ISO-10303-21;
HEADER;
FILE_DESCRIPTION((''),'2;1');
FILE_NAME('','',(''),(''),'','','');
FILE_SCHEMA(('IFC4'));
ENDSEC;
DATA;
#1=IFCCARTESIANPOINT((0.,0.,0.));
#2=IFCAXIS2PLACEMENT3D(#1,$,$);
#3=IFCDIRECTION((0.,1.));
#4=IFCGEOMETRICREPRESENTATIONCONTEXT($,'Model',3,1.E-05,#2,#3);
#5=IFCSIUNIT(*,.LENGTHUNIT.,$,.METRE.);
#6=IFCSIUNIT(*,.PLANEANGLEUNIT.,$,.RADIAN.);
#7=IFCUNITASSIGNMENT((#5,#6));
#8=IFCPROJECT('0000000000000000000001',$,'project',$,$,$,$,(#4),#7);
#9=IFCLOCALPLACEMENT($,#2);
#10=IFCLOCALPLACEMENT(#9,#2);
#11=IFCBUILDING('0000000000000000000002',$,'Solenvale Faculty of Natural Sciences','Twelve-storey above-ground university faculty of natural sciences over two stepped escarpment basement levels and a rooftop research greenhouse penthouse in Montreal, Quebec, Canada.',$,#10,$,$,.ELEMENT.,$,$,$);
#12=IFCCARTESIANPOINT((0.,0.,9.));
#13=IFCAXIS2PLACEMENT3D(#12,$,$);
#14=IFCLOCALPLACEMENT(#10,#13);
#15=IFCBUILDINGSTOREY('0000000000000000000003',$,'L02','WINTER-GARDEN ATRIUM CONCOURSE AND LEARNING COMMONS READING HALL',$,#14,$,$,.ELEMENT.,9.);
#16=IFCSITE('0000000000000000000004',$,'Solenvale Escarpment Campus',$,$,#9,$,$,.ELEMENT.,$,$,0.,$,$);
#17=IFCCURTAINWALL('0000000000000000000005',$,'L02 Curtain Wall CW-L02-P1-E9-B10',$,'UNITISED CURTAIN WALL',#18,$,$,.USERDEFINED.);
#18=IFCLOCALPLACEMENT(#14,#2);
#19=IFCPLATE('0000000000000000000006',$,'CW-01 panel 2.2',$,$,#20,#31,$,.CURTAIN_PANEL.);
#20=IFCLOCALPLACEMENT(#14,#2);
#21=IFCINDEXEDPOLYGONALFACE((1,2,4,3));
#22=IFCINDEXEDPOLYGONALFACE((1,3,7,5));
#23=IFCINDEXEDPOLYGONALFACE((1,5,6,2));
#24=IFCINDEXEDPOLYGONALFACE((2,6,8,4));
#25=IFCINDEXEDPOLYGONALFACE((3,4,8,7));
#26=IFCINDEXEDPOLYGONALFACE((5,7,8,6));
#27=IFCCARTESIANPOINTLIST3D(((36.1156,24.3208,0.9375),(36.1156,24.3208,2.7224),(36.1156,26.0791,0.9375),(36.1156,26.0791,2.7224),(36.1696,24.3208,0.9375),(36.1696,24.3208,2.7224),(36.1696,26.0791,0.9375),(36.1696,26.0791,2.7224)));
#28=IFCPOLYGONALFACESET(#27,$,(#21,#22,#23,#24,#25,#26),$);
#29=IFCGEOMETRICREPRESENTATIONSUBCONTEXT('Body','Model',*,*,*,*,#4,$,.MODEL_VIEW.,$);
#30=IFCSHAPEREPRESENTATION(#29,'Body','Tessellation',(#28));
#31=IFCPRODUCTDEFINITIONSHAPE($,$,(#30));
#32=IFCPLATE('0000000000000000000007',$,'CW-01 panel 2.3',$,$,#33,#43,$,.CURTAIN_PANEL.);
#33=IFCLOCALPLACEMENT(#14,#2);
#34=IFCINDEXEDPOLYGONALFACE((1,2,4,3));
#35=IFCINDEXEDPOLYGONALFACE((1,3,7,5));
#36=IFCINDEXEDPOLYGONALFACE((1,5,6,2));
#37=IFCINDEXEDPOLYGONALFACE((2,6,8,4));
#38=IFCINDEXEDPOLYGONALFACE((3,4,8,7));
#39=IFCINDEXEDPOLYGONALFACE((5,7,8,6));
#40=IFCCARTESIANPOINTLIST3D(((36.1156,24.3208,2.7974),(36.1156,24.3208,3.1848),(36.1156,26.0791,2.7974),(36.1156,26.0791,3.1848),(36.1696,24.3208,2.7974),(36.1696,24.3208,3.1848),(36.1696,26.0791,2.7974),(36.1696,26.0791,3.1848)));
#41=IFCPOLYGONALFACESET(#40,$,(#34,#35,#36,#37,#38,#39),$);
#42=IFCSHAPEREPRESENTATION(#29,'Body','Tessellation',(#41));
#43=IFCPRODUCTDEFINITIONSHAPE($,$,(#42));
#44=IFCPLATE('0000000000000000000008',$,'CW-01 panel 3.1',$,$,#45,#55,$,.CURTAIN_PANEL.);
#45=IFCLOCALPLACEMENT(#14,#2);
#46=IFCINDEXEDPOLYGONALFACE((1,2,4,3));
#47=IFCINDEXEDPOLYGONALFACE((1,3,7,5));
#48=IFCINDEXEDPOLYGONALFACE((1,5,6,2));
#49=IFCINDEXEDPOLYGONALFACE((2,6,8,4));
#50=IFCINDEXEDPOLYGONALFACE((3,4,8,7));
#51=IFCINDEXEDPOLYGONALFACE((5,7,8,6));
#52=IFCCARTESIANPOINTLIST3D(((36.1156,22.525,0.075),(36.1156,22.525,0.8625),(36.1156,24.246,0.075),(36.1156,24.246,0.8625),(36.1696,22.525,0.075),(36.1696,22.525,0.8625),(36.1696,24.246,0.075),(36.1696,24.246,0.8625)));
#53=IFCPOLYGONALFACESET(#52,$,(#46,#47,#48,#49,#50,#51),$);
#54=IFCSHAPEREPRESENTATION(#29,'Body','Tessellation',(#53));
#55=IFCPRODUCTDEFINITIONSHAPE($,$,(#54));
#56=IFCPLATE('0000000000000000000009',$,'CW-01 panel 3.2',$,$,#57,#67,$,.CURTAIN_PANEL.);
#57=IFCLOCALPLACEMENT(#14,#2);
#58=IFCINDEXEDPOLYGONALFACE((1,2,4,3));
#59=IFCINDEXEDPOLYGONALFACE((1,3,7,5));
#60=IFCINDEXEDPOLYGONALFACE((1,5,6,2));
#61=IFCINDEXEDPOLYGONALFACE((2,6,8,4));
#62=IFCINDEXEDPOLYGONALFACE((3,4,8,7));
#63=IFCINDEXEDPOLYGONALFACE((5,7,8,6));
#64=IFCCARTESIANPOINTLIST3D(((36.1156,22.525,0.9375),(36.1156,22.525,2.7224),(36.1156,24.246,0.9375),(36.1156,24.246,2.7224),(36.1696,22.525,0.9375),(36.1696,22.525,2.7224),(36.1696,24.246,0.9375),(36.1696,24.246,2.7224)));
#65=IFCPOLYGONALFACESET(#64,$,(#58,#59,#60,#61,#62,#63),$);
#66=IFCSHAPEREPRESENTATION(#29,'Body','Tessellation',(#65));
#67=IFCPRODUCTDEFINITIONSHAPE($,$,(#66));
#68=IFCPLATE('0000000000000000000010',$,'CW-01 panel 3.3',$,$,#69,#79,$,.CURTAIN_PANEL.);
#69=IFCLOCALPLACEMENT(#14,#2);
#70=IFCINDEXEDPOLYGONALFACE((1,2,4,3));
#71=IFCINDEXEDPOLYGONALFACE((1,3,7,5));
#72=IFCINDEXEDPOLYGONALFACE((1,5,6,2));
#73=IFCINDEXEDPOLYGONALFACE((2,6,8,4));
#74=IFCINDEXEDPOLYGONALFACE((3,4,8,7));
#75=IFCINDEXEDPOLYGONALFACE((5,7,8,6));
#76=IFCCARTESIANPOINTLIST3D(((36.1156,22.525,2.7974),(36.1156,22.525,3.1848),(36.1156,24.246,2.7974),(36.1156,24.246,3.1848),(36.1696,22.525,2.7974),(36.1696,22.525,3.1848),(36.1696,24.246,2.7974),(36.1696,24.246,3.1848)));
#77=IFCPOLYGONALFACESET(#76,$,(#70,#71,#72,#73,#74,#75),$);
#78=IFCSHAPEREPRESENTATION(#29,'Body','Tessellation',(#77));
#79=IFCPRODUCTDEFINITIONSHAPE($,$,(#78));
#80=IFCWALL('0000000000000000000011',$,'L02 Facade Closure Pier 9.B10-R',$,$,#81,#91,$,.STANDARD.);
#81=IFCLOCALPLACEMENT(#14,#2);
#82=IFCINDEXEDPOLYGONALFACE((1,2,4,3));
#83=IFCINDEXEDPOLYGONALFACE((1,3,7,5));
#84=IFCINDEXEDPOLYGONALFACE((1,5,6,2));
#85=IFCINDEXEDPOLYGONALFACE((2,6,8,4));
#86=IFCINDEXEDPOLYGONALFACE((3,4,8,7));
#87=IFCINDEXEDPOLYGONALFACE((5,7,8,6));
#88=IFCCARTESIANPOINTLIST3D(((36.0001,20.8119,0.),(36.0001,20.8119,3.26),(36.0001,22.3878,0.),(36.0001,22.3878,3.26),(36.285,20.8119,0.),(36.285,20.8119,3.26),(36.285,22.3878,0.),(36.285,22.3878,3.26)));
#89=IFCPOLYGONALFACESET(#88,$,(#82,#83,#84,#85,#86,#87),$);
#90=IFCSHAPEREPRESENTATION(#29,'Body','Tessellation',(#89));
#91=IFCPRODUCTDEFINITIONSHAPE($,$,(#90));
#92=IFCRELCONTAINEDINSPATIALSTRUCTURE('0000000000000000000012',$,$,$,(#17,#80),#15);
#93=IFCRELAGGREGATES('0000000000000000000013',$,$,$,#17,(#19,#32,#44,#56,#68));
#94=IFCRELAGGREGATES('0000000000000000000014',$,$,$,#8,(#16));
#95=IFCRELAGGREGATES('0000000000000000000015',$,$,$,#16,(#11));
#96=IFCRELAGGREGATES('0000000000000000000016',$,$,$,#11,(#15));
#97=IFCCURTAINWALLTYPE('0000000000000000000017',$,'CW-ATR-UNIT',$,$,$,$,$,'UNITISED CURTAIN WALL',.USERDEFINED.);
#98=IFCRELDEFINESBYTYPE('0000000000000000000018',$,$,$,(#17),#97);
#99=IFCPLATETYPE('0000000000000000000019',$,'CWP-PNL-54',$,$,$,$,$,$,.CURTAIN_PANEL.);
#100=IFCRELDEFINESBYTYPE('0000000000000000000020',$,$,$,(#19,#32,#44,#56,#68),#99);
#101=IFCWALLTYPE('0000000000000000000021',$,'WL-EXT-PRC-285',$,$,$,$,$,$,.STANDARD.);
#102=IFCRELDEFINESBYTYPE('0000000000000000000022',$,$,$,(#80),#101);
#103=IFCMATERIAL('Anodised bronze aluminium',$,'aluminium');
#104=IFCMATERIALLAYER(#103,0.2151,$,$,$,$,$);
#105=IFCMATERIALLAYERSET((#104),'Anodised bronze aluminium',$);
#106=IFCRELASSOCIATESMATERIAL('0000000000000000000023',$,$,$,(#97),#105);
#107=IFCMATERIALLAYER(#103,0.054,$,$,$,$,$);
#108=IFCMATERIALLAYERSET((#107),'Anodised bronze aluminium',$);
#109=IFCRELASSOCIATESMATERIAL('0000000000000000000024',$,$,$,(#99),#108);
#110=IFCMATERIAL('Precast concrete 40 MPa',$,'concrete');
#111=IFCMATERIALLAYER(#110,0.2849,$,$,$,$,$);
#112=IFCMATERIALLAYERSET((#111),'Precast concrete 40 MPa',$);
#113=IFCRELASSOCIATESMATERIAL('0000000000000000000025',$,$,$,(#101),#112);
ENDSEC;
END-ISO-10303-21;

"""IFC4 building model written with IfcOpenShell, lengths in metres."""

from ifc_helpers import new_model, si_unit, direction, frame, frame_2d, origin, origin_2d, place, context, subcontext, project, spatial, rectangle, extrude, material, layer, layer_set, type_object, element, aggregate, save


model = new_model("IFC4")

# Units and contexts
model_context = context("Model", 3, precision=1e-05, world=origin(), true_north=direction((0.0, 1.0)))
body_context = subcontext(model_context, "Body", "Model", "MODEL_VIEW")
ifc_project = project(units=[si_unit("LENGTHUNIT", "METRE"), si_unit("PLANEANGLEUNIT", "RADIAN")], contexts=[model_context])

# Site, building, storey
site_placement = place(None, origin())
site = spatial("IfcSite", under=ifc_project, at=site_placement, Name="Solenvale Escarpment Campus", CompositionType="ELEMENT", RefElevation=0.0)
building_placement = place(site_placement, origin())
building = spatial("IfcBuilding", under=site, at=building_placement, Name="Solenvale Faculty of Natural Sciences", Description="Twelve-storey above-ground university faculty of natural sciences over two stepped escarpment basement levels and a rooftop research greenhouse penthouse in Montreal, Quebec, Canada.", CompositionType="ELEMENT")
storey_placement = place(building_placement, frame((0.0, 0.0, 9.0)))
storey = spatial("IfcBuildingStorey", under=building, at=storey_placement, Name="L02", Description="WINTER-GARDEN ATRIUM CONCOURSE AND LEARNING COMMONS READING HALL", CompositionType="ELEMENT", Elevation=9.0)

# Curtain wall, plates
ifc_material_1 = material(Name="Anodised bronze aluminium", Category="aluminium")
ifc_layer_1 = layer(ifc_material_1, 0.2151)
ifc_layer_set_1 = layer_set([ifc_layer_1], Name="Anodised bronze aluminium")
curtain_wall_type = type_object("IfcCurtainWallType", Name="CW-ATR-UNIT", ElementType="UNITISED CURTAIN WALL", PredefinedType="USERDEFINED", material=ifc_layer_set_1)
curtain_wall_placement = place(storey_placement, origin())
curtain_wall = element("IfcCurtainWall", 1, at=curtain_wall_placement, inside=storey, type_object=curtain_wall_type, Name="L02 Curtain Wall CW-L02-P1-E9-B10", ObjectType="UNITISED CURTAIN WALL", PredefinedType="USERDEFINED")
ifc_layer_2 = layer(ifc_material_1, 0.054)
ifc_layer_set_2 = layer_set([ifc_layer_2], Name="Anodised bronze aluminium")
plate_type = type_object("IfcPlateType", Name="CWP-PNL-54", PredefinedType="CURTAIN_PANEL", material=ifc_layer_set_2)
plate_1_placement = place(storey_placement, frame((36.1426, 25.2, 0.9375), z_axis=(0.0, 0.0, 1.0), x_axis=(0.0, -1.0, 0.0)))
plate_1 = element("IfcPlate", 2, at=plate_1_placement, type_object=plate_type, Name="CW-01 panel 2.2", PredefinedType="CURTAIN_PANEL", context=body_context, shape_type="SweptSolid", body=[
    extrude(rectangle(XDim=1.7583, YDim=0.054, at=origin_2d()), origin(), (0.0, 0.0, 1.0), 1.7849),
])
plate_2_placement = place(storey_placement, frame((36.1426, 25.2, 2.7974), z_axis=(0.0, 0.0, 1.0), x_axis=(0.0, -1.0, 0.0)))
plate_2 = element("IfcPlate", 3, at=plate_2_placement, type_object=plate_type, Name="CW-01 panel 2.3", PredefinedType="CURTAIN_PANEL", context=body_context, shape_type="SweptSolid", body=[
    extrude(rectangle(XDim=1.7583, YDim=0.054, at=origin_2d()), origin(), (0.0, 0.0, 1.0), 0.3875),
])
plate_3_placement = place(storey_placement, frame((36.1426, 23.3855, 0.075), z_axis=(0.0, 0.0, 1.0), x_axis=(0.0, -1.0, 0.0)))
plate_3 = element("IfcPlate", 4, at=plate_3_placement, type_object=plate_type, Name="CW-01 panel 3.1", PredefinedType="CURTAIN_PANEL", context=body_context, shape_type="SweptSolid", body=[
    extrude(rectangle(XDim=1.7209, YDim=0.054, at=origin_2d()), origin(), (0.0, 0.0, 1.0), 0.7876),
])
plate_4_placement = place(storey_placement, frame((36.1426, 23.3855, 0.9375), z_axis=(0.0, 0.0, 1.0), x_axis=(0.0, -1.0, 0.0)))
plate_4 = element("IfcPlate", 5, at=plate_4_placement, type_object=plate_type, Name="CW-01 panel 3.2", PredefinedType="CURTAIN_PANEL", context=body_context, shape_type="SweptSolid", body=[
    extrude(rectangle(XDim=1.7209, YDim=0.054, at=origin_2d()), origin(), (0.0, 0.0, 1.0), 1.7849),
])
plate_5_placement = place(storey_placement, frame((36.1426, 23.3855, 2.7974), z_axis=(0.0, 0.0, 1.0), x_axis=(0.0, -1.0, 0.0)))
plate_5 = element("IfcPlate", 6, at=plate_5_placement, type_object=plate_type, Name="CW-01 panel 3.3", PredefinedType="CURTAIN_PANEL", context=body_context, shape_type="SweptSolid", body=[
    extrude(rectangle(XDim=1.7209, YDim=0.054, at=origin_2d()), origin(), (0.0, 0.0, 1.0), 0.3875),
])
aggregate(curtain_wall, [plate_1, plate_2, plate_3, plate_4, plate_5])

# Wall
ifc_material_2 = material(Name="Precast concrete 40 MPa", Category="concrete")
ifc_layer_3 = layer(ifc_material_2, 0.2849)
ifc_layer_set_3 = layer_set([ifc_layer_3], Name="Precast concrete 40 MPa")
wall_type = type_object("IfcWallType", Name="WL-EXT-PRC-285", PredefinedType="STANDARD", material=ifc_layer_set_3)
wall_placement = place(storey_placement, frame((36.1426, 22.3879, 0.0), z_axis=(0.0, 0.0, 1.0), x_axis=(0.0, -1.0, 0.0)))
element("IfcWall", 7, at=wall_placement, inside=storey, type_object=wall_type, Name="L02 Facade Closure Pier 9.B10-R", PredefinedType="STANDARD", context=body_context, shape_type="SweptSolid", body=[
    extrude(rectangle(XDim=1.5759, YDim=0.2849, at=frame_2d((0.7881, 0.0))), origin(), (0.0, 0.0, 1.0), 3.26),
])

save(model, "model.ifc")
